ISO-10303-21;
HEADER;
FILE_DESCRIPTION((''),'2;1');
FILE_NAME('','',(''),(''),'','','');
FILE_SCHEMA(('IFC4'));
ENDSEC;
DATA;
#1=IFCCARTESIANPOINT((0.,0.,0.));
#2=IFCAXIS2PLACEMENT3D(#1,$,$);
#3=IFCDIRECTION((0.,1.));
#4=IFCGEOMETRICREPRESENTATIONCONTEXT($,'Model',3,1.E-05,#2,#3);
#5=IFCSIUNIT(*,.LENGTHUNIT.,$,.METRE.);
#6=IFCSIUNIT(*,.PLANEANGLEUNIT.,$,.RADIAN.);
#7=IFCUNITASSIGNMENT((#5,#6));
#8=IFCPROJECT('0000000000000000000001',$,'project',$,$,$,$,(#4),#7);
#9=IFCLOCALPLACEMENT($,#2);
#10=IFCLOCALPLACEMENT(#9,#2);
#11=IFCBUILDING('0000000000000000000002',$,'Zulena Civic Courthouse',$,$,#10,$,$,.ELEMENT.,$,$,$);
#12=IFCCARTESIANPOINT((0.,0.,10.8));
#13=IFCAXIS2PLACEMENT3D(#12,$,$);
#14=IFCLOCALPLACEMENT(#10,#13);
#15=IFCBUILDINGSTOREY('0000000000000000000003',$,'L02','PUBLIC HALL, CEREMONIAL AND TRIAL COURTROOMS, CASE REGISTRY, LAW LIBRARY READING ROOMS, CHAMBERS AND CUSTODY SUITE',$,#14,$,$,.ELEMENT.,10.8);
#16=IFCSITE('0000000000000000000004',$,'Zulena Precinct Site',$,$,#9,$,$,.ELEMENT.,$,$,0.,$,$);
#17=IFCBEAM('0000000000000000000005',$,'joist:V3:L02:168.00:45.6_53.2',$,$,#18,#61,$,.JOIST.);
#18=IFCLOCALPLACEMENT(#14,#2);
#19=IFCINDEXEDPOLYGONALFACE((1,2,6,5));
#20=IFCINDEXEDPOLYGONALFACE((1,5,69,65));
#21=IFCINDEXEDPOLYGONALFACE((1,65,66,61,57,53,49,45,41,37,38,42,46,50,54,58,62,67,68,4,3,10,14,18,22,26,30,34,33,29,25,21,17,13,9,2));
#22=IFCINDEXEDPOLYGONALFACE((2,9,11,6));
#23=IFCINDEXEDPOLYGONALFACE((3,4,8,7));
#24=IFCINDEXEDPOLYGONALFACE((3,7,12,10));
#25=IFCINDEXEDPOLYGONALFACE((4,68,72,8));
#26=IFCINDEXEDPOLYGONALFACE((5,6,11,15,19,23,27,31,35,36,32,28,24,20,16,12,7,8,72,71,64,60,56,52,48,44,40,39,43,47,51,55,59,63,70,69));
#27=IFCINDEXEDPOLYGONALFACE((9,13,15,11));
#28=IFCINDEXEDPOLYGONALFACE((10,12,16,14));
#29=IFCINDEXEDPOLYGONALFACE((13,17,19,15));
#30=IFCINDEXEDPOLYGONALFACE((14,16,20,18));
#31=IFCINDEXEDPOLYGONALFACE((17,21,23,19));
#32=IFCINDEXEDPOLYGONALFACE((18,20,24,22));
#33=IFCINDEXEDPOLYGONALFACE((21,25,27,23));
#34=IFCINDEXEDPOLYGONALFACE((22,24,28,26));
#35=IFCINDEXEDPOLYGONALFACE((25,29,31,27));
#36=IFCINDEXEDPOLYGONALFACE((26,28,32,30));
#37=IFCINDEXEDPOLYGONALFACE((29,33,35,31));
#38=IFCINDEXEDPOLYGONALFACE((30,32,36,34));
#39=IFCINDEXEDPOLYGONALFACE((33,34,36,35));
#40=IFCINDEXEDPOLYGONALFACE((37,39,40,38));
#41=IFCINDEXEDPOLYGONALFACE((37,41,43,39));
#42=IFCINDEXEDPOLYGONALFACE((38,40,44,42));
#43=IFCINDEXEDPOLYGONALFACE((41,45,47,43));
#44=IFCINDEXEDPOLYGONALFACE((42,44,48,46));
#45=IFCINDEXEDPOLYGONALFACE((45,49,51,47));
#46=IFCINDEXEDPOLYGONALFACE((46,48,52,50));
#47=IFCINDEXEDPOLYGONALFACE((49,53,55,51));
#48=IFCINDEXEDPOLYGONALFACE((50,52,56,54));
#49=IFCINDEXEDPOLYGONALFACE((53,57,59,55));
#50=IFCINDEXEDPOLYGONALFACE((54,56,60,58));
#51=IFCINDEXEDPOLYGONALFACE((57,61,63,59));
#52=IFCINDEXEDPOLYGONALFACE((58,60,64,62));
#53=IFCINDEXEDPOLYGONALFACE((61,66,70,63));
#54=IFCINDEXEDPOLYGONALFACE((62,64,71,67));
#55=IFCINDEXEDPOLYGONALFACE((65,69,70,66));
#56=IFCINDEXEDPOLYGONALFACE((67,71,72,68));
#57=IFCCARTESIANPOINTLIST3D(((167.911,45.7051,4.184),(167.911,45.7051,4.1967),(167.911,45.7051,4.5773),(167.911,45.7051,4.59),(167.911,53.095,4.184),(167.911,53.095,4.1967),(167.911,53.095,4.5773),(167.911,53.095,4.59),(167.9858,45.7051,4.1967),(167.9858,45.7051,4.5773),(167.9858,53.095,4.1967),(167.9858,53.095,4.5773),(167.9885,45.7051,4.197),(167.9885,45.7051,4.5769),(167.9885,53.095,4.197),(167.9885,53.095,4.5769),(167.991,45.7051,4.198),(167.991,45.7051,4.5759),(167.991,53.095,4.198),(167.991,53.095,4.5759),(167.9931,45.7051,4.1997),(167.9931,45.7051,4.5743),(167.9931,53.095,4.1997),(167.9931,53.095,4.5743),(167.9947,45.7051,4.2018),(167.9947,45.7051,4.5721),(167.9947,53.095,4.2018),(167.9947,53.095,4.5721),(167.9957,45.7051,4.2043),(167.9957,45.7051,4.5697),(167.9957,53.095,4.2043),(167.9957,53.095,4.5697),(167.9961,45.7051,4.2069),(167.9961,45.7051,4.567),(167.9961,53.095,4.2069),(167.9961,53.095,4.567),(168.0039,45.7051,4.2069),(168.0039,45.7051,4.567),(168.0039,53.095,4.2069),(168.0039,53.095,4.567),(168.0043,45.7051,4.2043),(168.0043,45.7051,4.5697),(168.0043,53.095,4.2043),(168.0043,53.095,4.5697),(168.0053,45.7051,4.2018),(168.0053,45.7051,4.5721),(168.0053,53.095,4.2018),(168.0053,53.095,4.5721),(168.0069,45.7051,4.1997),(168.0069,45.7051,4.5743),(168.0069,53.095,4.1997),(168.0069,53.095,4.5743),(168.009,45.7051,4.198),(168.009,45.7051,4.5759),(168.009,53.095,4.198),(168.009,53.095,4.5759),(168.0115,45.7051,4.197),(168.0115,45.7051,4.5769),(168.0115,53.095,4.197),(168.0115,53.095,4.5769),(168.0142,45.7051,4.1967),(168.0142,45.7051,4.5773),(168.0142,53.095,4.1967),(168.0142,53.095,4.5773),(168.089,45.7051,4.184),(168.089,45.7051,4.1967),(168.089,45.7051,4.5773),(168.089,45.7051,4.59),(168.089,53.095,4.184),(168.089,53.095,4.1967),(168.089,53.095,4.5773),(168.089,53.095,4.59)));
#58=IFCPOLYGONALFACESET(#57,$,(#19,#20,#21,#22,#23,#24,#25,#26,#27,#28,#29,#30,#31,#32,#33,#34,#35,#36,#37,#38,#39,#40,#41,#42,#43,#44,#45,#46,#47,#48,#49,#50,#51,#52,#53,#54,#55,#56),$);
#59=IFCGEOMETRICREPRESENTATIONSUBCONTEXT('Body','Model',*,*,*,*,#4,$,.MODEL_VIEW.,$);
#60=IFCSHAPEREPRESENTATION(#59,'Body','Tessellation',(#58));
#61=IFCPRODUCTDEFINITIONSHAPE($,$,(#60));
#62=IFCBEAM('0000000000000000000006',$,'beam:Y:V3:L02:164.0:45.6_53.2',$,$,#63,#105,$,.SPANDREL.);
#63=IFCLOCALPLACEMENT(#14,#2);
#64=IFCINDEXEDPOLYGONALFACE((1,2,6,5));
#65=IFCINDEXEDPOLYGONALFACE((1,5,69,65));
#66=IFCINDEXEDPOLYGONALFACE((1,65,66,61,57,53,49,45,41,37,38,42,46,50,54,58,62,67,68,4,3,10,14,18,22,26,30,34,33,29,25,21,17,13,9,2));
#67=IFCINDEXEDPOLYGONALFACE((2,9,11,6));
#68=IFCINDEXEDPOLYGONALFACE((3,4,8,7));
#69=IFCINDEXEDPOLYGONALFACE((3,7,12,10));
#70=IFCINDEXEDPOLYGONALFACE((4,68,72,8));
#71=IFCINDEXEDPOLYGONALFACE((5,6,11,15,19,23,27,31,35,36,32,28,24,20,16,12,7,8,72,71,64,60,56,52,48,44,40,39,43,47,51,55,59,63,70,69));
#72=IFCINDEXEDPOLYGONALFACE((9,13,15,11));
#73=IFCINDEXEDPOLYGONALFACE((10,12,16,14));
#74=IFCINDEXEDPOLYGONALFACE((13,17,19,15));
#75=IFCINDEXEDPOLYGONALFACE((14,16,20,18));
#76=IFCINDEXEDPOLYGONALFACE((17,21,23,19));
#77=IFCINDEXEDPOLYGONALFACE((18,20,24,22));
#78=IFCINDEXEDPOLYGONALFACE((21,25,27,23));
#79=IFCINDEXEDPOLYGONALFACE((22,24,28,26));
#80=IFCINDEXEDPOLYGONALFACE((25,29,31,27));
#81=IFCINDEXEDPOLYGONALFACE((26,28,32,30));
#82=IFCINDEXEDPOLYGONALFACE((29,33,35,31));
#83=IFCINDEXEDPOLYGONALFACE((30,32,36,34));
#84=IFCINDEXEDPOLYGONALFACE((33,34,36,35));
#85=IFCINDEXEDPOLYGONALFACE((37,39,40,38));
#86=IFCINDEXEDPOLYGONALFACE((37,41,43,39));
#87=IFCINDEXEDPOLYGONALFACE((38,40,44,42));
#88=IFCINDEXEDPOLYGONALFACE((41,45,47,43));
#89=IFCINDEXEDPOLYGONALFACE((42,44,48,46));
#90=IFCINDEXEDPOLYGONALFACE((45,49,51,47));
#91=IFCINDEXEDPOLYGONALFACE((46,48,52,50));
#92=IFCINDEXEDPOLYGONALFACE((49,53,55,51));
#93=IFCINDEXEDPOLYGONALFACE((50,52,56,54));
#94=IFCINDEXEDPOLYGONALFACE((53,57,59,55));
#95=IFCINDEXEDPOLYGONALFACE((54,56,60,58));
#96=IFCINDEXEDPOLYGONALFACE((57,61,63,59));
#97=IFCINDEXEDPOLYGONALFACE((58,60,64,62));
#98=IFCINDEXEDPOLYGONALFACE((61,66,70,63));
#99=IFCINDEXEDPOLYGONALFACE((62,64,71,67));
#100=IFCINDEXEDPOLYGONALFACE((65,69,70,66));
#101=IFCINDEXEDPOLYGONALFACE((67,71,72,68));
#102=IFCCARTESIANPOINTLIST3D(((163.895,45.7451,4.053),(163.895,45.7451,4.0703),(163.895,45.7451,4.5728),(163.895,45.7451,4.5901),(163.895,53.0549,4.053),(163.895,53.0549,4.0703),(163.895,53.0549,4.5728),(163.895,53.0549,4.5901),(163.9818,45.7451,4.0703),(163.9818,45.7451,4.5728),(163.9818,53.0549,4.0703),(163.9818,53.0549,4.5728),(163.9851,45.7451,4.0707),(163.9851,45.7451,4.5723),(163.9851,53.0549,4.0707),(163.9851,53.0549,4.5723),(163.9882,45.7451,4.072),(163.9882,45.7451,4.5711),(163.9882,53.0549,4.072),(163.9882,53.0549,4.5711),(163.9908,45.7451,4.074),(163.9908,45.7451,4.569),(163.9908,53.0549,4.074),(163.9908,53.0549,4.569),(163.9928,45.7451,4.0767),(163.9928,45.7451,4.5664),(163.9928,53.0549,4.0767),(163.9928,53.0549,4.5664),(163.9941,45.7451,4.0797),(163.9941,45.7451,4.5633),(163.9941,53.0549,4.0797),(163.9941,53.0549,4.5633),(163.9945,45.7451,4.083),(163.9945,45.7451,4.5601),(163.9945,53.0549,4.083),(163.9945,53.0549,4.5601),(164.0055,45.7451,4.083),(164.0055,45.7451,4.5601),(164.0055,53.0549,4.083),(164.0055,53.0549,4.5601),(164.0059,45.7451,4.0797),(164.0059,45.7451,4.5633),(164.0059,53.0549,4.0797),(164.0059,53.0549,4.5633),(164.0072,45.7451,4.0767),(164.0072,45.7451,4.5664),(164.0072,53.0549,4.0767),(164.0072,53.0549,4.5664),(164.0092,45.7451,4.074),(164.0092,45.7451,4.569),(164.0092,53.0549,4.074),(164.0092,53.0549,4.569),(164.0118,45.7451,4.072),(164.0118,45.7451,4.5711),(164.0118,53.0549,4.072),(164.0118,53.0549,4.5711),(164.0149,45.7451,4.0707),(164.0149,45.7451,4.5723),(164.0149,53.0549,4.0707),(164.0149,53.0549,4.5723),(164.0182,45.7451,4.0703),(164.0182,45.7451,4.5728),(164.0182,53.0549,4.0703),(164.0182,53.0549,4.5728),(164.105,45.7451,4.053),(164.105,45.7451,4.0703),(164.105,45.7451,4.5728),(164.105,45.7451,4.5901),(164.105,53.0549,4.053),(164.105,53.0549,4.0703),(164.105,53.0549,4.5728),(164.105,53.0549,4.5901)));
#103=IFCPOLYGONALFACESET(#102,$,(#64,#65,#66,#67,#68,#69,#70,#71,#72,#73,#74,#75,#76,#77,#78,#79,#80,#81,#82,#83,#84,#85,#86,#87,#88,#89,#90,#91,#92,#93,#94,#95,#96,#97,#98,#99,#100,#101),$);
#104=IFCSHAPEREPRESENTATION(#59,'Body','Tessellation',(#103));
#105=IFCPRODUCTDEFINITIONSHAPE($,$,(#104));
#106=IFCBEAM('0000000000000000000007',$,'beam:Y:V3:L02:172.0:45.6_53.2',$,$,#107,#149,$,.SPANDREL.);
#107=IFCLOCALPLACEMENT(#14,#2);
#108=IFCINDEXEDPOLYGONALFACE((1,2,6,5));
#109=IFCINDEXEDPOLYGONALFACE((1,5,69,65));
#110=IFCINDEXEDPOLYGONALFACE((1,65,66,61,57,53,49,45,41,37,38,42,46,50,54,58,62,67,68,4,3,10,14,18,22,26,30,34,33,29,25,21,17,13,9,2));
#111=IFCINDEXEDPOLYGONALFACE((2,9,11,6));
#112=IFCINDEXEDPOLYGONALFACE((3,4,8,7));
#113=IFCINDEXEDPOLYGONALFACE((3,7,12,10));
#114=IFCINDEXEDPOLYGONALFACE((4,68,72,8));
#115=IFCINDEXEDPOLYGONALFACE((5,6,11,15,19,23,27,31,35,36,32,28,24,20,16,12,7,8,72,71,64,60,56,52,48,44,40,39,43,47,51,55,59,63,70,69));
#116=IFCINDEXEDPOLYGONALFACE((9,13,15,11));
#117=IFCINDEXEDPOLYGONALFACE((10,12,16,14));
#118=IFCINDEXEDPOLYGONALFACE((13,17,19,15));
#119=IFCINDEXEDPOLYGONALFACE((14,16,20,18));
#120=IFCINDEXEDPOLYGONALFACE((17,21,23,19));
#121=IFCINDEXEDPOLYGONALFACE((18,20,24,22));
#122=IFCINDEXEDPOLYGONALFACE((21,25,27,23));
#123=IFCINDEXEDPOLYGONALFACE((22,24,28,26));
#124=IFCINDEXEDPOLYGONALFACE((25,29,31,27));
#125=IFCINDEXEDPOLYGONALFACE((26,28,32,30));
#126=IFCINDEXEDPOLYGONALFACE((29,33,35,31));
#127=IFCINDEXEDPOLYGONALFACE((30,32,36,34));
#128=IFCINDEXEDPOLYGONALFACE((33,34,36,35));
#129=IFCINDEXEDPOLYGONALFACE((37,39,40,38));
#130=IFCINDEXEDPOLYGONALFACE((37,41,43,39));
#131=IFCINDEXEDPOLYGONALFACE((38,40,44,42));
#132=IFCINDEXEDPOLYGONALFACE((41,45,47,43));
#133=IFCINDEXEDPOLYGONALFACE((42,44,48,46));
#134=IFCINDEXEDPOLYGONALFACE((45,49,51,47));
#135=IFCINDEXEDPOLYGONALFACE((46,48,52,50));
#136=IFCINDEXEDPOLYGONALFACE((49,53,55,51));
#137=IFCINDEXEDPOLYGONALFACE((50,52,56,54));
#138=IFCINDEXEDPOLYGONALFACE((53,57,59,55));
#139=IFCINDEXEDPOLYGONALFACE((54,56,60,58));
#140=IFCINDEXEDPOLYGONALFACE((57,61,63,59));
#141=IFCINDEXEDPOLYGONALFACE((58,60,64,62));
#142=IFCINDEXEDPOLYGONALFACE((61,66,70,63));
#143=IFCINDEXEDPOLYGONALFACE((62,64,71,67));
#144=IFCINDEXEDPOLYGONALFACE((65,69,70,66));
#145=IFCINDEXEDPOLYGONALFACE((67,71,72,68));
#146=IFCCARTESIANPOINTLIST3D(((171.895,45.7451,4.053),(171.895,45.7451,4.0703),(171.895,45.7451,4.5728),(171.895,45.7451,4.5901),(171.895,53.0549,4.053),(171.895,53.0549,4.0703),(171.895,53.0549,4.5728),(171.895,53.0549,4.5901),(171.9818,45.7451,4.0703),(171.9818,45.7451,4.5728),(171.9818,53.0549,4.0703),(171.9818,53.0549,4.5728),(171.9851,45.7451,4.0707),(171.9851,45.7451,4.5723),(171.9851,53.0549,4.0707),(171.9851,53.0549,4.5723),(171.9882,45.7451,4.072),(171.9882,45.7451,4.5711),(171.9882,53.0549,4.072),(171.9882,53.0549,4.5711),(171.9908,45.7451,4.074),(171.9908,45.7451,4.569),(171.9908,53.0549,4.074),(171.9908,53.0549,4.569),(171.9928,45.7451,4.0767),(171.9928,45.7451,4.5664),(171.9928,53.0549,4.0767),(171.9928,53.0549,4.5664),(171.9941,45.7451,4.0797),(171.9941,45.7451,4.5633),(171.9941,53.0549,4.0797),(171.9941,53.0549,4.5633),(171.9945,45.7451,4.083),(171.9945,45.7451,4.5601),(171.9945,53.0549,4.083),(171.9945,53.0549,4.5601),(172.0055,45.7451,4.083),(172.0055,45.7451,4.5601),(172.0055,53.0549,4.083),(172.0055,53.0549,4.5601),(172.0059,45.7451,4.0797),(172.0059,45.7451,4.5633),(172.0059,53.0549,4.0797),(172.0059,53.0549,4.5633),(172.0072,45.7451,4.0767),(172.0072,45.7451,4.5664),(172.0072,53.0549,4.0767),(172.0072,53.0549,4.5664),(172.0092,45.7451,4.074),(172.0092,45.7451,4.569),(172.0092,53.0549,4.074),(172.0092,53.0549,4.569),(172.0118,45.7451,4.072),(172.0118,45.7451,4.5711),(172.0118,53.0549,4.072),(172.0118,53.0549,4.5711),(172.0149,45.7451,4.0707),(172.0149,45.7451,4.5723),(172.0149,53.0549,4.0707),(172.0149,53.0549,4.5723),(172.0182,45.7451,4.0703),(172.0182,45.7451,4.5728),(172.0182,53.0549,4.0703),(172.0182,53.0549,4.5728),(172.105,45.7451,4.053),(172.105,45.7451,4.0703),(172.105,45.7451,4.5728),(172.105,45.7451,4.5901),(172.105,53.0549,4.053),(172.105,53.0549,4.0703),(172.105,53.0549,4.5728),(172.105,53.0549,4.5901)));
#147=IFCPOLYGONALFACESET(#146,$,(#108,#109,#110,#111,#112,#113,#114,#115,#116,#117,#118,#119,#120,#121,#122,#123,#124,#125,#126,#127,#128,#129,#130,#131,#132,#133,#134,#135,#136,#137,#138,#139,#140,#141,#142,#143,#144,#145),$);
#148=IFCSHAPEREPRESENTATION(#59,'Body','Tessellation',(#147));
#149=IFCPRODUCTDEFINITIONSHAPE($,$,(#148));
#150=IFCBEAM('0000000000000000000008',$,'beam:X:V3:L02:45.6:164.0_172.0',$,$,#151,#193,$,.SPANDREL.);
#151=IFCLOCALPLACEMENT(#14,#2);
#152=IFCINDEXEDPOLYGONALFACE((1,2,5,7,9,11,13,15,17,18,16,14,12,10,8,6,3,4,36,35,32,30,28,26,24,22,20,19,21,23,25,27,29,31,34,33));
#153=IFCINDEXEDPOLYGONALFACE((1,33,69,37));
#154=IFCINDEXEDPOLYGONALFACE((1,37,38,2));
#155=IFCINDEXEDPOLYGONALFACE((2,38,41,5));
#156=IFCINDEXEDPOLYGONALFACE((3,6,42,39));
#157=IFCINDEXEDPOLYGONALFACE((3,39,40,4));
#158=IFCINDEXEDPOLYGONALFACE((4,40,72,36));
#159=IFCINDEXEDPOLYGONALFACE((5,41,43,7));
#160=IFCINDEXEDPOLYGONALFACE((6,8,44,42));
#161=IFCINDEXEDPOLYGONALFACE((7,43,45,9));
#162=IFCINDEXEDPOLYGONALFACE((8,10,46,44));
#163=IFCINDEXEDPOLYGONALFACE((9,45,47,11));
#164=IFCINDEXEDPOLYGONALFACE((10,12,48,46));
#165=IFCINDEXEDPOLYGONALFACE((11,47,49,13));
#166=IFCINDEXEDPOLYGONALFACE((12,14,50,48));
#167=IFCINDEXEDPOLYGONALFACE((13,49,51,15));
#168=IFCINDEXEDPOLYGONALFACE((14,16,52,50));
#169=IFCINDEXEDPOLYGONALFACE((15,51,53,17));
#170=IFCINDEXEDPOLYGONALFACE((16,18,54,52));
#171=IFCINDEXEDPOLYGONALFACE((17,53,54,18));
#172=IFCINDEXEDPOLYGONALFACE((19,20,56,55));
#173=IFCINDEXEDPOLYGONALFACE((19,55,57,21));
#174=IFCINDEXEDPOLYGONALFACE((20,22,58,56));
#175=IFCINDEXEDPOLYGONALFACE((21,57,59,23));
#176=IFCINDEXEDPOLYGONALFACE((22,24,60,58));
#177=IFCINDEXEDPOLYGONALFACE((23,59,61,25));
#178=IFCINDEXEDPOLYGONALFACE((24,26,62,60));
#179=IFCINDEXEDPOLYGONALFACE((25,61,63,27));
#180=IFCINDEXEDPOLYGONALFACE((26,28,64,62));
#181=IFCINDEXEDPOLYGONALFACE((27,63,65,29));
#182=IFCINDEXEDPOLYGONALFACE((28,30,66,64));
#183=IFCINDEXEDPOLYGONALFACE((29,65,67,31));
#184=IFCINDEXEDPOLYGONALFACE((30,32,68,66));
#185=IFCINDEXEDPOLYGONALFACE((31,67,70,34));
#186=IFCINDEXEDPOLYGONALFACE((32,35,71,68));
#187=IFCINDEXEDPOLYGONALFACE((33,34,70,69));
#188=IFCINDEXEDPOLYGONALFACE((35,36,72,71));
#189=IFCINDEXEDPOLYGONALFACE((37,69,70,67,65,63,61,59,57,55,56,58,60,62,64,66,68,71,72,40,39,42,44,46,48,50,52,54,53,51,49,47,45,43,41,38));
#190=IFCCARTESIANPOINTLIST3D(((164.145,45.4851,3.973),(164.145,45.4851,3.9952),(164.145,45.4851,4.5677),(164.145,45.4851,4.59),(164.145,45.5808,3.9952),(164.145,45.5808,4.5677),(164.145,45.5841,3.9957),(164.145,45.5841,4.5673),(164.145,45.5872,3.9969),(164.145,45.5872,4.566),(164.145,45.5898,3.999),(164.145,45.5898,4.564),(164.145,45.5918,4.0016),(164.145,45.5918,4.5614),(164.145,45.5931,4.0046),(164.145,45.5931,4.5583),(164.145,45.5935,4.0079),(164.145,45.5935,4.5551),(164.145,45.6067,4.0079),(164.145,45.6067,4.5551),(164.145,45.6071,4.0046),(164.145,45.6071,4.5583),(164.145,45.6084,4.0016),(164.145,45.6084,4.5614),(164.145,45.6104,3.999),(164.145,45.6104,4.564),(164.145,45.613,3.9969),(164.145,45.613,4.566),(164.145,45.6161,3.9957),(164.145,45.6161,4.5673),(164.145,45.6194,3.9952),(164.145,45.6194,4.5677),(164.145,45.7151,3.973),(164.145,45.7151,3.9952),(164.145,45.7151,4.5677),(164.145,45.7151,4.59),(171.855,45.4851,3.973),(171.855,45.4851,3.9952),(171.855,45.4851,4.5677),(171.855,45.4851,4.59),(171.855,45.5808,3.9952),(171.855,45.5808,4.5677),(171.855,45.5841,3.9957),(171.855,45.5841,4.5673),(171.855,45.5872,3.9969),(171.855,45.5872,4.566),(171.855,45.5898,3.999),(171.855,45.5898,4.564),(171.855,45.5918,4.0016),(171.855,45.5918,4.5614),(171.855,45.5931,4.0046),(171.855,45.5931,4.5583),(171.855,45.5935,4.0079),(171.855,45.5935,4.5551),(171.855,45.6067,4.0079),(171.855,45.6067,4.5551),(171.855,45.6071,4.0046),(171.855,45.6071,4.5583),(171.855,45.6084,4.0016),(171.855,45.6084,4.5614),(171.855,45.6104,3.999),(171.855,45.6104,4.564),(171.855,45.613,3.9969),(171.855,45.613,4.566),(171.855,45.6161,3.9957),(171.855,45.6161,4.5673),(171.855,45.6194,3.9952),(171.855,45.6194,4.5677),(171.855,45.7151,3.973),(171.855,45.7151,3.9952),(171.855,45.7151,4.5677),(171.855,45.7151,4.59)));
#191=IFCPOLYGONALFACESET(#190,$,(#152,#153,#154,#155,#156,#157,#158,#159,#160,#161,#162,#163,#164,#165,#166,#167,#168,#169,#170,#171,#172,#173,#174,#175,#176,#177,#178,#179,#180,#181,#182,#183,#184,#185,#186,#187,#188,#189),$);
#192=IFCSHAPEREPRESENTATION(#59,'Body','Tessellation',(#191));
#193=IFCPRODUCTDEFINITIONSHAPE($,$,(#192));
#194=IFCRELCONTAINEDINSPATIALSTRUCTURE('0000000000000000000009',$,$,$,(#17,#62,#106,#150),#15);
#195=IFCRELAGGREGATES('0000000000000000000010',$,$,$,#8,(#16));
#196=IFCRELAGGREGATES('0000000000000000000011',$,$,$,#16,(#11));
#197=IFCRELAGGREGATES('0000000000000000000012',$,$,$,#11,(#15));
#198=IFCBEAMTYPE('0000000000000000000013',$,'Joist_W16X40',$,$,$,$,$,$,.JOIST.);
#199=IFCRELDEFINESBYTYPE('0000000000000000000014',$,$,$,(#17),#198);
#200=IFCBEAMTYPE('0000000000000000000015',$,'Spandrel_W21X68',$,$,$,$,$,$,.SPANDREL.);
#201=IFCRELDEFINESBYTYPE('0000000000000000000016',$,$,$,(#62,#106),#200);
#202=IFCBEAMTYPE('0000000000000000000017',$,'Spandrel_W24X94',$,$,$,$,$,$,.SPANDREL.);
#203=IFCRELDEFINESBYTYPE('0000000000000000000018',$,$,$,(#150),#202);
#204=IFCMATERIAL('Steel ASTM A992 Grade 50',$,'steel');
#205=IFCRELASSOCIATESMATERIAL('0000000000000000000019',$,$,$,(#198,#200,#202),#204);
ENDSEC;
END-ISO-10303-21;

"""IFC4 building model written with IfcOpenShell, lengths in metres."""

from ifc_helpers import new_model, si_unit, direction, frame, origin, origin_2d, place, context, subcontext, project, spatial, i_section, extrude, material, material_profile, profile_set, type_object, element, save


model = new_model("IFC4")

# Units and contexts
model_context = context("Model", 3, precision=1e-05, world=origin(), true_north=direction((0.0, 1.0)))
body_context = subcontext(model_context, "Body", "Model", "MODEL_VIEW")
ifc_project = project(units=[si_unit("LENGTHUNIT", "METRE"), si_unit("PLANEANGLEUNIT", "RADIAN")], contexts=[model_context])

# Site, building, storey
site_placement = place(None, origin())
site = spatial("IfcSite", under=ifc_project, at=site_placement, Name="Zulena Precinct Site", CompositionType="ELEMENT", RefElevation=0.0)
building_placement = place(site_placement, origin())
building = spatial("IfcBuilding", under=site, at=building_placement, Name="Zulena Civic Courthouse", CompositionType="ELEMENT")
storey_placement = place(building_placement, frame((0.0, 0.0, 10.8)))
storey = spatial("IfcBuildingStorey", under=building, at=storey_placement, Name="L02", Description="PUBLIC HALL, CEREMONIAL AND TRIAL COURTROOMS, CASE REGISTRY, LAW LIBRARY READING ROOMS, CHAMBERS AND CUSTODY SUITE", CompositionType="ELEMENT", Elevation=10.8)

# Shared definitions
ifc_material_1 = material(Name="Steel ASTM A992 Grade 50", Category="steel")

# Beams
ifc_material_profile_1 = material_profile(ifc_material_1, i_section(OverallWidth=0.178, OverallDepth=0.406, WebThickness=0.0078, FlangeThickness=0.0127, FilletRadius=0.0103, at=origin_2d()), Name="W16X40")
ifc_profile_set_1 = profile_set([ifc_material_profile_1], Name="Steel ASTM A992 Grade 50")
beam_type_1 = type_object("IfcBeamType", Name="Joist_W16X40", PredefinedType="JOIST", material=ifc_profile_set_1)
beam_placement = place(storey_placement, frame((168.0, 45.7051, 4.387), z_axis=(0.0, 1.0, 0.0), x_axis=(-1.0, 0.0, 0.0)))
element("IfcBeam", 1, at=beam_placement, inside=storey, type_object=beam_type_1, Name="joist:V3:L02:168.00:45.6_53.2", PredefinedType="JOIST", context=body_context, shape_type="SweptSolid", body=[
    extrude(i_section(OverallWidth=0.178, OverallDepth=0.406, WebThickness=0.0078, FlangeThickness=0.0127, FilletRadius=0.0103, at=origin_2d()), origin(), (0.0, 0.0, 1.0), 7.3899),
])
ifc_material_profile_2 = material_profile(ifc_material_1, i_section(OverallWidth=0.21, OverallDepth=0.5371, WebThickness=0.011, FlangeThickness=0.0173, FilletRadius=0.0127, at=origin_2d()), Name="W21X68")
ifc_profile_set_2 = profile_set([ifc_material_profile_2], Name="Steel ASTM A992 Grade 50")
beam_type_2 = type_object("IfcBeamType", Name="Spandrel_W21X68", PredefinedType="SPANDREL", material=ifc_profile_set_2)
for number, where, z_axis, x_axis, name in (
    (2, (164.0, 45.7451, 4.3215), (0.0, 1.0, 0.0), (-1.0, 0.0, 0.0), "beam:Y:V3:L02:164.0:45.6_53.2"),
    (3, (172.0, 45.7451, 4.3215), (0.0, 1.0, 0.0), (-1.0, 0.0, 0.0), "beam:Y:V3:L02:172.0:45.6_53.2"),
):
    element("IfcBeam", number, at=place(storey_placement, frame(where, z_axis=z_axis, x_axis=x_axis)), inside=storey, type_object=beam_type_2, Name=name, PredefinedType="SPANDREL", context=body_context, shape_type="SweptSolid", body=[
        extrude(i_section(OverallWidth=0.21, OverallDepth=0.5371, WebThickness=0.011, FlangeThickness=0.0173, FilletRadius=0.0127, at=origin_2d()), origin(), (0.0, 0.0, 1.0), 7.3098),
    ])
ifc_material_profile_3 = material_profile(ifc_material_1, i_section(OverallWidth=0.23, OverallDepth=0.6169, WebThickness=0.0132, FlangeThickness=0.0222, FilletRadius=0.0127, at=origin_2d()), Name="W24X94")
ifc_profile_set_3 = profile_set([ifc_material_profile_3], Name="Steel ASTM A992 Grade 50")
beam_type_3 = type_object("IfcBeamType", Name="Spandrel_W24X94", PredefinedType="SPANDREL", material=ifc_profile_set_3)
for number, where, z_axis, x_axis, name in (
    (4, (164.145, 45.6001, 4.2815), (1.0, 0.0, 0.0), (0.0, 1.0, 0.0), "beam:X:V3:L02:45.6:164.0_172.0"),
):
    element("IfcBeam", number, at=place(storey_placement, frame(where, z_axis=z_axis, x_axis=x_axis)), inside=storey, type_object=beam_type_3, Name=name, PredefinedType="SPANDREL", context=body_context, shape_type="SweptSolid", body=[
        extrude(i_section(OverallWidth=0.23, OverallDepth=0.6169, WebThickness=0.0132, FlangeThickness=0.0222, FilletRadius=0.0127, at=origin_2d()), origin(), (0.0, 0.0, 1.0), 7.71),
    ])

save(model, "model.ifc")
